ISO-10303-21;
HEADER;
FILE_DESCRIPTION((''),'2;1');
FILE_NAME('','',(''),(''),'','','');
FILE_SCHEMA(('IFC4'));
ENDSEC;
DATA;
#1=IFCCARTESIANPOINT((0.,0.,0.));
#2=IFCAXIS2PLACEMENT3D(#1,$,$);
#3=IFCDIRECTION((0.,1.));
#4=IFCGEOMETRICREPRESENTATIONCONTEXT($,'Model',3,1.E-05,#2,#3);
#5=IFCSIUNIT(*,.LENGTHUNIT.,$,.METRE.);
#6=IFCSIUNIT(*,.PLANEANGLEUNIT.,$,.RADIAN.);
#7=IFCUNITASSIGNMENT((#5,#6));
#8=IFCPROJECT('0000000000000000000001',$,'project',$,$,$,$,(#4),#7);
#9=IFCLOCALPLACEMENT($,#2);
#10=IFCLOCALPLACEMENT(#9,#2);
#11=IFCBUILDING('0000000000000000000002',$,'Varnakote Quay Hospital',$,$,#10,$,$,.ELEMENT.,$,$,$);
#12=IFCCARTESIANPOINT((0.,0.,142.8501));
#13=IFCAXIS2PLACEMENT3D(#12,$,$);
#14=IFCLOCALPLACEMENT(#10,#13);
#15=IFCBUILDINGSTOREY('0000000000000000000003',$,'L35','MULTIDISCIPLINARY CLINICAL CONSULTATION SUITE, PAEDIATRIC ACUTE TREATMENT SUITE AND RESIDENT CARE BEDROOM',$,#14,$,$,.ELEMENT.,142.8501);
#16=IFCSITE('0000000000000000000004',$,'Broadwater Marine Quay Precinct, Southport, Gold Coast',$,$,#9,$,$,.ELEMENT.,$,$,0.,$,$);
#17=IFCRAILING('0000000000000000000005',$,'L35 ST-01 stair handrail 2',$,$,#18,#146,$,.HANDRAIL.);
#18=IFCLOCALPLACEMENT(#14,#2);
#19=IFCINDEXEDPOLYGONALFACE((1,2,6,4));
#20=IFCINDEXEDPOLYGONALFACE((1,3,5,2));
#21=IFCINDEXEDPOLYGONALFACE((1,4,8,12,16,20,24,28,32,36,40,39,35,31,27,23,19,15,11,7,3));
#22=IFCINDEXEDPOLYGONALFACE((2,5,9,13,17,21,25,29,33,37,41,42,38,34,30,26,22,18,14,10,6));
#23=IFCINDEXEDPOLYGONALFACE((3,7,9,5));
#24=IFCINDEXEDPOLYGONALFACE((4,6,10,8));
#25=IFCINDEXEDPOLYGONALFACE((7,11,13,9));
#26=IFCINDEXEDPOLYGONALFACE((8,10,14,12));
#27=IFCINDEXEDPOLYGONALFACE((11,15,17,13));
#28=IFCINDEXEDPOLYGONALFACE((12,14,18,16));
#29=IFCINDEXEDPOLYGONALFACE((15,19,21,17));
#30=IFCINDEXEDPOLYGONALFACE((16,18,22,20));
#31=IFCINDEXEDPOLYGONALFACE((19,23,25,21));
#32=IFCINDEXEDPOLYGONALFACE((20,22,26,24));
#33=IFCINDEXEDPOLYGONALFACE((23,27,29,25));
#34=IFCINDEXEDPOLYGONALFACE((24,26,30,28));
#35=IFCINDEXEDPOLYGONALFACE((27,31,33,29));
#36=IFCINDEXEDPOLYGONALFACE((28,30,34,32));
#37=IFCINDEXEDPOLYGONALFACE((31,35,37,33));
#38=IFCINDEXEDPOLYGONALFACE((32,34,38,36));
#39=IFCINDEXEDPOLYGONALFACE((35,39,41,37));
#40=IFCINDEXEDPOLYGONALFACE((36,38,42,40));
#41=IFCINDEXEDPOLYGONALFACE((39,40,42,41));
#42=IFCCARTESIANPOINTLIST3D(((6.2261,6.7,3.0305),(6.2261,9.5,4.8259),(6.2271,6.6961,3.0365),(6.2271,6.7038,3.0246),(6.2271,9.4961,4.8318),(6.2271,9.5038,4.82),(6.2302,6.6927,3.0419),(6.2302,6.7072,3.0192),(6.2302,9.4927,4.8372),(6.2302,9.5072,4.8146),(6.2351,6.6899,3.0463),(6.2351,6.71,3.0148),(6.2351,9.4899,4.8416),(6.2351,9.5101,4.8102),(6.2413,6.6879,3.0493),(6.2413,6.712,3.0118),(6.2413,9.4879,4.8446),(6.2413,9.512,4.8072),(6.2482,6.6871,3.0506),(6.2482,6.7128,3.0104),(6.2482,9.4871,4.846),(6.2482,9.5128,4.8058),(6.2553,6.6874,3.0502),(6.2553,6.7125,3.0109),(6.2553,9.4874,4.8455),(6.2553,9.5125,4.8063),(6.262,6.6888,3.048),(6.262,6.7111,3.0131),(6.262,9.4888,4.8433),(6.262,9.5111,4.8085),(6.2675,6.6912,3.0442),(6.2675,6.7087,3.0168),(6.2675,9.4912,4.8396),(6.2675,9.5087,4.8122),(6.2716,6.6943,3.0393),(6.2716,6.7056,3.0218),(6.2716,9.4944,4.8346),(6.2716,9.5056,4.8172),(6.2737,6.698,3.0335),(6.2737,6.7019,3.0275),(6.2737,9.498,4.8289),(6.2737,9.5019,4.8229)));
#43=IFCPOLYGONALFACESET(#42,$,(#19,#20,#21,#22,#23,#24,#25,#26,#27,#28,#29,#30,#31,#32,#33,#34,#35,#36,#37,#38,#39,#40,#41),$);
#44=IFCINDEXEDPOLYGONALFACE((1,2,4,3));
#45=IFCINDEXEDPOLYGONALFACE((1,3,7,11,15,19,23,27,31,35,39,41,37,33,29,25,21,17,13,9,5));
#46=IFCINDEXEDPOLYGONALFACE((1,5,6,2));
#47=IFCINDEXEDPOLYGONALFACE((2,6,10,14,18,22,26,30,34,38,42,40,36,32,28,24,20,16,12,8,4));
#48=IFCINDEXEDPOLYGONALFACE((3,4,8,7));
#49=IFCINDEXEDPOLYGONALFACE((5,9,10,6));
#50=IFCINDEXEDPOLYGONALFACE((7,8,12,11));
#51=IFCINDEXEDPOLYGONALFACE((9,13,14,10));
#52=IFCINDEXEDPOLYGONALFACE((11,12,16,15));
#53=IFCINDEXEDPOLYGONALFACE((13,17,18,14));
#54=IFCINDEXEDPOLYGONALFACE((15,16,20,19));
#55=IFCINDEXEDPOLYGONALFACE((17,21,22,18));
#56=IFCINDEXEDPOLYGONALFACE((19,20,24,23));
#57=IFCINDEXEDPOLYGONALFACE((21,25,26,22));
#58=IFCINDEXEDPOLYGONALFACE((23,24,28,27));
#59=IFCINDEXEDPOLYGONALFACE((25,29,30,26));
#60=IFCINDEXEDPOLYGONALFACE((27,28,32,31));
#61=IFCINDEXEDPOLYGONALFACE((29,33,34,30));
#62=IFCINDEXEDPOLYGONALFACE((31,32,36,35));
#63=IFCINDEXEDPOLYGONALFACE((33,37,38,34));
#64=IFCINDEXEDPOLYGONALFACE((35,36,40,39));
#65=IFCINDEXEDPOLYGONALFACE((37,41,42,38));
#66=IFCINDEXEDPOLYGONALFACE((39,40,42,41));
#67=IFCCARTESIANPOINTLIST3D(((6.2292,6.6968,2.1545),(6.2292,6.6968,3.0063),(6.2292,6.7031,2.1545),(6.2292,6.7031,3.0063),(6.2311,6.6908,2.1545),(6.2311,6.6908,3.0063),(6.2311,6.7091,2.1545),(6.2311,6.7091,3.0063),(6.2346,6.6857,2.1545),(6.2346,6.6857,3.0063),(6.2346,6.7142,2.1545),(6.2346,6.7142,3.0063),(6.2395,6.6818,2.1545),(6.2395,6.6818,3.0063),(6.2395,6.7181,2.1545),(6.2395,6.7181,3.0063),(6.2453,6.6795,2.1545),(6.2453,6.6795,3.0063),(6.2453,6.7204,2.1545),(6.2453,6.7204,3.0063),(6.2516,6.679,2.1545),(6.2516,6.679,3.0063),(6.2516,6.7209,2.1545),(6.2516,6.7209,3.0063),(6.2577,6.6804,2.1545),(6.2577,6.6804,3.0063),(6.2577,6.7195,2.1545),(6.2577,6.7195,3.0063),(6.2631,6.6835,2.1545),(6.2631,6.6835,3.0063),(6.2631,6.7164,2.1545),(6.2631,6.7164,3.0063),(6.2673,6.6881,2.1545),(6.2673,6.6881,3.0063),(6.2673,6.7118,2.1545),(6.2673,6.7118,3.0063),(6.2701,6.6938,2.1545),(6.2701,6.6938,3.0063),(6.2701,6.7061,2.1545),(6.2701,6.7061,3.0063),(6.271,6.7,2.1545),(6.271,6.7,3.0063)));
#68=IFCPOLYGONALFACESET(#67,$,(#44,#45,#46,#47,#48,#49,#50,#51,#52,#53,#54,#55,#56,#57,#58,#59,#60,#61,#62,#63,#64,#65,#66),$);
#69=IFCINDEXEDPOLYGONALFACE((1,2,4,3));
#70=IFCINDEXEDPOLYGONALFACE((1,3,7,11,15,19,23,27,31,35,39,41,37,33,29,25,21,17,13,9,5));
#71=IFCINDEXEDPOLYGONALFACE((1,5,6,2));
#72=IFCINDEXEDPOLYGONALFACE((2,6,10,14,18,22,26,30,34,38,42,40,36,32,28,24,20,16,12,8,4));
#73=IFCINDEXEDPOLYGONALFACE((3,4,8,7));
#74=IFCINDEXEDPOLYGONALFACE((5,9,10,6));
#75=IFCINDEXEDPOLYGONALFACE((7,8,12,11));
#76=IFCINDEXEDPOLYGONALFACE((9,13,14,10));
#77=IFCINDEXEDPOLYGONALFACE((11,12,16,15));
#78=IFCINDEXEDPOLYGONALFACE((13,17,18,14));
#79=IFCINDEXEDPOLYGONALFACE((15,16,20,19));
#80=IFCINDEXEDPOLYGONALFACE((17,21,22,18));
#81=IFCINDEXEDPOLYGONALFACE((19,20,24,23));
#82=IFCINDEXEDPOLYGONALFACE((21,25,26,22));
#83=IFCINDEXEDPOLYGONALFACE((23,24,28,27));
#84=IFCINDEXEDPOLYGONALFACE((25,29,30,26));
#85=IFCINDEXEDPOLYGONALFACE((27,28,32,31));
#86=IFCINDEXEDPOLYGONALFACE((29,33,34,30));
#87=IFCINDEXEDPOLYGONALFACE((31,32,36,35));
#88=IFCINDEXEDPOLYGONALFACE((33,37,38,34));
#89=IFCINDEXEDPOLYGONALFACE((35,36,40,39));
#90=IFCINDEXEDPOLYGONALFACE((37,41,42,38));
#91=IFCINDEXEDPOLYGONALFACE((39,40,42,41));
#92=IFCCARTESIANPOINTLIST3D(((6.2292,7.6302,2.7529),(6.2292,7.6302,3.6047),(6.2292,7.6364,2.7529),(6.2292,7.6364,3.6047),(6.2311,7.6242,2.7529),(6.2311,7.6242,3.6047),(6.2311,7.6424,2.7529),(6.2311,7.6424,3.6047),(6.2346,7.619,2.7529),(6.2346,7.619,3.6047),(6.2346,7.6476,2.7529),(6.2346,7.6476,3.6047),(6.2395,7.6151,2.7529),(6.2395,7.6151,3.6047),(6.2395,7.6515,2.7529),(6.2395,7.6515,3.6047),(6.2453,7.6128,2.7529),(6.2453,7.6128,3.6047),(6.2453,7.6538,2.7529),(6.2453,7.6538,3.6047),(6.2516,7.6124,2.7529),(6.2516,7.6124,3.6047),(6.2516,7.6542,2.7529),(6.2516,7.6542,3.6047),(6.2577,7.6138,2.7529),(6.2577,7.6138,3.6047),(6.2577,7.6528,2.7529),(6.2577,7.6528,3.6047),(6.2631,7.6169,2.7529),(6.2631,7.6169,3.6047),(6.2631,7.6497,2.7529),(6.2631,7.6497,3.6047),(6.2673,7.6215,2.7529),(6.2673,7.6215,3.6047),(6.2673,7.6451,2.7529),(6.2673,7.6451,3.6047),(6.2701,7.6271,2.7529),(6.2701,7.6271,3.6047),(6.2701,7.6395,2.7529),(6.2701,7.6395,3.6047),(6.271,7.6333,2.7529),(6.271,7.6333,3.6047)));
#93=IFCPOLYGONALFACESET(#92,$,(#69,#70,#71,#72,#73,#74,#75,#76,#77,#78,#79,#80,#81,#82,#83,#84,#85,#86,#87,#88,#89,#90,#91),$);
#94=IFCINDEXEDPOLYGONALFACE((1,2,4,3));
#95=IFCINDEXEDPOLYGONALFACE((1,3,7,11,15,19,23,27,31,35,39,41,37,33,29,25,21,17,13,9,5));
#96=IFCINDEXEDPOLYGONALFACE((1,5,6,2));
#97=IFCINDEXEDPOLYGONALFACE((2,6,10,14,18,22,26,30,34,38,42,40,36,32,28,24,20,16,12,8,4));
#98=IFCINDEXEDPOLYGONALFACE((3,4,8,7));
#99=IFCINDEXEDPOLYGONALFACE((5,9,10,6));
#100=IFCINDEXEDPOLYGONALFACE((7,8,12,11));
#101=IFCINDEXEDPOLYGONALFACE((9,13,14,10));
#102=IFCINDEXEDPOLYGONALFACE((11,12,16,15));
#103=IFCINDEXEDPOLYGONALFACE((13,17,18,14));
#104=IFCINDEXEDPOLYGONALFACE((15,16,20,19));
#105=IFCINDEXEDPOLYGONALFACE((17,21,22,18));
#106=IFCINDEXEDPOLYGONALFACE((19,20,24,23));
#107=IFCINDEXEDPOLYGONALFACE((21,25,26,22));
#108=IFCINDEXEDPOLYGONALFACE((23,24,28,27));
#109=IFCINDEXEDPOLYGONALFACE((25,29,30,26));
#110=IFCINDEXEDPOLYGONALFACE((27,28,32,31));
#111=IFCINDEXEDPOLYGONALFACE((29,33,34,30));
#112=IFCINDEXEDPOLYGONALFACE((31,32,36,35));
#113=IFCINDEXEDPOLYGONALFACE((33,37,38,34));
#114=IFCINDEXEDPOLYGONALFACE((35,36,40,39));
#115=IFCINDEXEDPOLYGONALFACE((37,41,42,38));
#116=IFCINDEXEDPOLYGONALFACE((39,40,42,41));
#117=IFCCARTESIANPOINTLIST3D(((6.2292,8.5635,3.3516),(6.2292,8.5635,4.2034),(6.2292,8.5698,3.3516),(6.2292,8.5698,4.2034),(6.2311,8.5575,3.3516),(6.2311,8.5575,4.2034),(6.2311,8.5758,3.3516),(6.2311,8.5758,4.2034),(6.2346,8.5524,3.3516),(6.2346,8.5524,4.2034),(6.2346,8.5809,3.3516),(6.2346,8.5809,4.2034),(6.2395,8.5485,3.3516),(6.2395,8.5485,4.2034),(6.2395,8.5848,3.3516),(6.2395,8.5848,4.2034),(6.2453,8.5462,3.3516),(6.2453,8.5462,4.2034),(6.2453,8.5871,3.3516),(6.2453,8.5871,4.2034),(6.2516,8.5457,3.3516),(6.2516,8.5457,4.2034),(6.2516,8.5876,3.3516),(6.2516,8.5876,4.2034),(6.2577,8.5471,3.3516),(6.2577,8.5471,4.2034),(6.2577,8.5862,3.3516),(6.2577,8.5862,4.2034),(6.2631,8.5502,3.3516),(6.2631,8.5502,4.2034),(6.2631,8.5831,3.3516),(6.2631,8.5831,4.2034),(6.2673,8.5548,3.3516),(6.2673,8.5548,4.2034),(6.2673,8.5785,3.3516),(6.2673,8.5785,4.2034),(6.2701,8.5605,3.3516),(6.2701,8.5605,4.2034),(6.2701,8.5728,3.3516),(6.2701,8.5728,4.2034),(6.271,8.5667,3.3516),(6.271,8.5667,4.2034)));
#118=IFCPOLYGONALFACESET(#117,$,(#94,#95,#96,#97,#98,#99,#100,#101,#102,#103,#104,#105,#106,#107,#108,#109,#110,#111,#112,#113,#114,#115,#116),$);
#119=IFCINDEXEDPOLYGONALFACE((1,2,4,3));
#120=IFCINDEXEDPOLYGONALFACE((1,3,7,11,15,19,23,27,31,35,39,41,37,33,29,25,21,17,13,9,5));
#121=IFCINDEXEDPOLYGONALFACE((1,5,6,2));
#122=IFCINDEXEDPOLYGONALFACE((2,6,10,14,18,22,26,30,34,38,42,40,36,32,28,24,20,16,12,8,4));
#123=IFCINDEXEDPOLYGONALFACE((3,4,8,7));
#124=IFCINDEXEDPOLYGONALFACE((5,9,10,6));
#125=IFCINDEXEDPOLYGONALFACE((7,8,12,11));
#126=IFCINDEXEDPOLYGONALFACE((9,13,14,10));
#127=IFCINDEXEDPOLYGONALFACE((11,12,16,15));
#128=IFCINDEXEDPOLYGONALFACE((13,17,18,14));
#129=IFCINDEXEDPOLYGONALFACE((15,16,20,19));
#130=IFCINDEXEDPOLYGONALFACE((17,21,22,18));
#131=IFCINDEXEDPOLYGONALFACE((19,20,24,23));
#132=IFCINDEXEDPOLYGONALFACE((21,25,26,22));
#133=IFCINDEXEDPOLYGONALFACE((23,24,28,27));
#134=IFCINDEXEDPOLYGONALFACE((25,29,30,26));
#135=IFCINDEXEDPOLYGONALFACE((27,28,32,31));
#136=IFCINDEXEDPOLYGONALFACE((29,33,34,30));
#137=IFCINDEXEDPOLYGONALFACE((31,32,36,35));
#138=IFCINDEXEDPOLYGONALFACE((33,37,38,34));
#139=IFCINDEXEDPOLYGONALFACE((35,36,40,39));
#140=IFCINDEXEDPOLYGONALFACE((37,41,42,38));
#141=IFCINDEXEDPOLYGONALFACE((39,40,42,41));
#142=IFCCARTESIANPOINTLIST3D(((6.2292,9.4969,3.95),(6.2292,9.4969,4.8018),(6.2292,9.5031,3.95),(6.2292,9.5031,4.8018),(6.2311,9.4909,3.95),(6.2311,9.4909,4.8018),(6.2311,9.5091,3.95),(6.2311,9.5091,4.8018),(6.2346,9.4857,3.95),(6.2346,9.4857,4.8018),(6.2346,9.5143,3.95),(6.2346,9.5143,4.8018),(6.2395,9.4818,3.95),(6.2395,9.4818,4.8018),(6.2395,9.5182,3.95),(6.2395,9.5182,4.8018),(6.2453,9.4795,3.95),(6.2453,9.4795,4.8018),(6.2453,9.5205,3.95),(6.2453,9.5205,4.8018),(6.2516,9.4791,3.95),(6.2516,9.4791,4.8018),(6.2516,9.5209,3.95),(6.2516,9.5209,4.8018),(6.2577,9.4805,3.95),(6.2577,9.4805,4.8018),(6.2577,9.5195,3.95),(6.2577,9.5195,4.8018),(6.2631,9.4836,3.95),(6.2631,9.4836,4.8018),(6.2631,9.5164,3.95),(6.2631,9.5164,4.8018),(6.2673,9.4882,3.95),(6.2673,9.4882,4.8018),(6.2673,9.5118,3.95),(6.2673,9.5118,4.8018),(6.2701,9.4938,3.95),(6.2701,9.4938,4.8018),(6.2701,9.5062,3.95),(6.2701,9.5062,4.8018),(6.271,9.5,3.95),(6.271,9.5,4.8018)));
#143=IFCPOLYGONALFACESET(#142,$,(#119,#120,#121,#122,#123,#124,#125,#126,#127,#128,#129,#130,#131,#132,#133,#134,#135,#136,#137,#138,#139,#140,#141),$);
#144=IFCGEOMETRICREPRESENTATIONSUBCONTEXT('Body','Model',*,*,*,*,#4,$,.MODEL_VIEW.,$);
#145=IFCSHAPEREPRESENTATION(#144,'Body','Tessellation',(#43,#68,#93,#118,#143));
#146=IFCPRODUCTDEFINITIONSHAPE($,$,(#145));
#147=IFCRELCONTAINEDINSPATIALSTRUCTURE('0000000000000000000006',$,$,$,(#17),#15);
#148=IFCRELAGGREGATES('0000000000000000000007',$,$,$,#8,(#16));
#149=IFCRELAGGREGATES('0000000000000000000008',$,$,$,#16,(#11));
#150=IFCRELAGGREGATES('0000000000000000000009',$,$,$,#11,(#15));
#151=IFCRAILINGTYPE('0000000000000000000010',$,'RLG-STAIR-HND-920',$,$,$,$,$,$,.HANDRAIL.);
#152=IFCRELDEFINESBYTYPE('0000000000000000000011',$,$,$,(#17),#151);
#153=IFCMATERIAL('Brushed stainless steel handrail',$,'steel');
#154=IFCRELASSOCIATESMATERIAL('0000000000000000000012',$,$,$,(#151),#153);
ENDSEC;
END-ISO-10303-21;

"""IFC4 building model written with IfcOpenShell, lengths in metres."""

from ifc_helpers import new_model, si_unit, direction, frame, origin, origin_2d, place, context, subcontext, project, spatial, circle, extrude, material, type_object, element, save


model = new_model("IFC4")

# Units and contexts
model_context = context("Model", 3, precision=1e-05, world=origin(), true_north=direction((0.0, 1.0)))
body_context = subcontext(model_context, "Body", "Model", "MODEL_VIEW")
ifc_project = project(units=[si_unit("LENGTHUNIT", "METRE"), si_unit("PLANEANGLEUNIT", "RADIAN")], contexts=[model_context])

# Site, building, storey
site_placement = place(None, origin())
site = spatial("IfcSite", under=ifc_project, at=site_placement, Name="Broadwater Marine Quay Precinct, Southport, Gold Coast", CompositionType="ELEMENT", RefElevation=0.0)
building_placement = place(site_placement, origin())
building = spatial("IfcBuilding", under=site, at=building_placement, Name="Varnakote Quay Hospital", CompositionType="ELEMENT")
storey_placement = place(building_placement, frame((0.0, 0.0, 142.8501)))
storey = spatial("IfcBuildingStorey", under=building, at=storey_placement, Name="L35", Description="MULTIDISCIPLINARY CLINICAL CONSULTATION SUITE, PAEDIATRIC ACUTE TREATMENT SUITE AND RESIDENT CARE BEDROOM", CompositionType="ELEMENT", Elevation=142.8501)

# Railing
ifc_material_1 = material(Name="Brushed stainless steel handrail", Category="steel")
railing_type_1 = type_object("IfcRailingType", Name="RLG-STAIR-HND-920", PredefinedType="HANDRAIL", material=ifc_material_1)
railing_1_placement = place(storey_placement, frame((6.25, 6.7, 2.1545)))
element("IfcRailing", 1, at=railing_1_placement, inside=storey, type_object=railing_type_1, Name="L35 ST-01 stair handrail 2", PredefinedType="HANDRAIL", context=body_context, shape_type="SweptSolid", body=[
    extrude(circle(Radius=0.0239, at=origin_2d()), frame((0.0, 0.0, 0.876), z_axis=(0.0, 0.84181, 0.539774), x_axis=(-1.0, 0.0, 0.0)), (0.0, 0.0, 1.0), 3.3262),
    extrude(circle(Radius=0.021, at=origin_2d()), origin(), (0.0, 0.0, 1.0), 0.8518),
    extrude(circle(Radius=0.021, at=origin_2d()), frame((0.0, 0.9333, 0.5984)), (0.0, 0.0, 1.0), 0.8518),
    extrude(circle(Radius=0.021, at=origin_2d()), frame((0.0, 1.8667, 1.197)), (0.0, 0.0, 1.0), 0.8518),
    extrude(circle(Radius=0.021, at=origin_2d()), frame((0.0, 2.8, 1.7954)), (0.0, 0.0, 1.0), 0.8518),
])

save(model, "model.ifc")
